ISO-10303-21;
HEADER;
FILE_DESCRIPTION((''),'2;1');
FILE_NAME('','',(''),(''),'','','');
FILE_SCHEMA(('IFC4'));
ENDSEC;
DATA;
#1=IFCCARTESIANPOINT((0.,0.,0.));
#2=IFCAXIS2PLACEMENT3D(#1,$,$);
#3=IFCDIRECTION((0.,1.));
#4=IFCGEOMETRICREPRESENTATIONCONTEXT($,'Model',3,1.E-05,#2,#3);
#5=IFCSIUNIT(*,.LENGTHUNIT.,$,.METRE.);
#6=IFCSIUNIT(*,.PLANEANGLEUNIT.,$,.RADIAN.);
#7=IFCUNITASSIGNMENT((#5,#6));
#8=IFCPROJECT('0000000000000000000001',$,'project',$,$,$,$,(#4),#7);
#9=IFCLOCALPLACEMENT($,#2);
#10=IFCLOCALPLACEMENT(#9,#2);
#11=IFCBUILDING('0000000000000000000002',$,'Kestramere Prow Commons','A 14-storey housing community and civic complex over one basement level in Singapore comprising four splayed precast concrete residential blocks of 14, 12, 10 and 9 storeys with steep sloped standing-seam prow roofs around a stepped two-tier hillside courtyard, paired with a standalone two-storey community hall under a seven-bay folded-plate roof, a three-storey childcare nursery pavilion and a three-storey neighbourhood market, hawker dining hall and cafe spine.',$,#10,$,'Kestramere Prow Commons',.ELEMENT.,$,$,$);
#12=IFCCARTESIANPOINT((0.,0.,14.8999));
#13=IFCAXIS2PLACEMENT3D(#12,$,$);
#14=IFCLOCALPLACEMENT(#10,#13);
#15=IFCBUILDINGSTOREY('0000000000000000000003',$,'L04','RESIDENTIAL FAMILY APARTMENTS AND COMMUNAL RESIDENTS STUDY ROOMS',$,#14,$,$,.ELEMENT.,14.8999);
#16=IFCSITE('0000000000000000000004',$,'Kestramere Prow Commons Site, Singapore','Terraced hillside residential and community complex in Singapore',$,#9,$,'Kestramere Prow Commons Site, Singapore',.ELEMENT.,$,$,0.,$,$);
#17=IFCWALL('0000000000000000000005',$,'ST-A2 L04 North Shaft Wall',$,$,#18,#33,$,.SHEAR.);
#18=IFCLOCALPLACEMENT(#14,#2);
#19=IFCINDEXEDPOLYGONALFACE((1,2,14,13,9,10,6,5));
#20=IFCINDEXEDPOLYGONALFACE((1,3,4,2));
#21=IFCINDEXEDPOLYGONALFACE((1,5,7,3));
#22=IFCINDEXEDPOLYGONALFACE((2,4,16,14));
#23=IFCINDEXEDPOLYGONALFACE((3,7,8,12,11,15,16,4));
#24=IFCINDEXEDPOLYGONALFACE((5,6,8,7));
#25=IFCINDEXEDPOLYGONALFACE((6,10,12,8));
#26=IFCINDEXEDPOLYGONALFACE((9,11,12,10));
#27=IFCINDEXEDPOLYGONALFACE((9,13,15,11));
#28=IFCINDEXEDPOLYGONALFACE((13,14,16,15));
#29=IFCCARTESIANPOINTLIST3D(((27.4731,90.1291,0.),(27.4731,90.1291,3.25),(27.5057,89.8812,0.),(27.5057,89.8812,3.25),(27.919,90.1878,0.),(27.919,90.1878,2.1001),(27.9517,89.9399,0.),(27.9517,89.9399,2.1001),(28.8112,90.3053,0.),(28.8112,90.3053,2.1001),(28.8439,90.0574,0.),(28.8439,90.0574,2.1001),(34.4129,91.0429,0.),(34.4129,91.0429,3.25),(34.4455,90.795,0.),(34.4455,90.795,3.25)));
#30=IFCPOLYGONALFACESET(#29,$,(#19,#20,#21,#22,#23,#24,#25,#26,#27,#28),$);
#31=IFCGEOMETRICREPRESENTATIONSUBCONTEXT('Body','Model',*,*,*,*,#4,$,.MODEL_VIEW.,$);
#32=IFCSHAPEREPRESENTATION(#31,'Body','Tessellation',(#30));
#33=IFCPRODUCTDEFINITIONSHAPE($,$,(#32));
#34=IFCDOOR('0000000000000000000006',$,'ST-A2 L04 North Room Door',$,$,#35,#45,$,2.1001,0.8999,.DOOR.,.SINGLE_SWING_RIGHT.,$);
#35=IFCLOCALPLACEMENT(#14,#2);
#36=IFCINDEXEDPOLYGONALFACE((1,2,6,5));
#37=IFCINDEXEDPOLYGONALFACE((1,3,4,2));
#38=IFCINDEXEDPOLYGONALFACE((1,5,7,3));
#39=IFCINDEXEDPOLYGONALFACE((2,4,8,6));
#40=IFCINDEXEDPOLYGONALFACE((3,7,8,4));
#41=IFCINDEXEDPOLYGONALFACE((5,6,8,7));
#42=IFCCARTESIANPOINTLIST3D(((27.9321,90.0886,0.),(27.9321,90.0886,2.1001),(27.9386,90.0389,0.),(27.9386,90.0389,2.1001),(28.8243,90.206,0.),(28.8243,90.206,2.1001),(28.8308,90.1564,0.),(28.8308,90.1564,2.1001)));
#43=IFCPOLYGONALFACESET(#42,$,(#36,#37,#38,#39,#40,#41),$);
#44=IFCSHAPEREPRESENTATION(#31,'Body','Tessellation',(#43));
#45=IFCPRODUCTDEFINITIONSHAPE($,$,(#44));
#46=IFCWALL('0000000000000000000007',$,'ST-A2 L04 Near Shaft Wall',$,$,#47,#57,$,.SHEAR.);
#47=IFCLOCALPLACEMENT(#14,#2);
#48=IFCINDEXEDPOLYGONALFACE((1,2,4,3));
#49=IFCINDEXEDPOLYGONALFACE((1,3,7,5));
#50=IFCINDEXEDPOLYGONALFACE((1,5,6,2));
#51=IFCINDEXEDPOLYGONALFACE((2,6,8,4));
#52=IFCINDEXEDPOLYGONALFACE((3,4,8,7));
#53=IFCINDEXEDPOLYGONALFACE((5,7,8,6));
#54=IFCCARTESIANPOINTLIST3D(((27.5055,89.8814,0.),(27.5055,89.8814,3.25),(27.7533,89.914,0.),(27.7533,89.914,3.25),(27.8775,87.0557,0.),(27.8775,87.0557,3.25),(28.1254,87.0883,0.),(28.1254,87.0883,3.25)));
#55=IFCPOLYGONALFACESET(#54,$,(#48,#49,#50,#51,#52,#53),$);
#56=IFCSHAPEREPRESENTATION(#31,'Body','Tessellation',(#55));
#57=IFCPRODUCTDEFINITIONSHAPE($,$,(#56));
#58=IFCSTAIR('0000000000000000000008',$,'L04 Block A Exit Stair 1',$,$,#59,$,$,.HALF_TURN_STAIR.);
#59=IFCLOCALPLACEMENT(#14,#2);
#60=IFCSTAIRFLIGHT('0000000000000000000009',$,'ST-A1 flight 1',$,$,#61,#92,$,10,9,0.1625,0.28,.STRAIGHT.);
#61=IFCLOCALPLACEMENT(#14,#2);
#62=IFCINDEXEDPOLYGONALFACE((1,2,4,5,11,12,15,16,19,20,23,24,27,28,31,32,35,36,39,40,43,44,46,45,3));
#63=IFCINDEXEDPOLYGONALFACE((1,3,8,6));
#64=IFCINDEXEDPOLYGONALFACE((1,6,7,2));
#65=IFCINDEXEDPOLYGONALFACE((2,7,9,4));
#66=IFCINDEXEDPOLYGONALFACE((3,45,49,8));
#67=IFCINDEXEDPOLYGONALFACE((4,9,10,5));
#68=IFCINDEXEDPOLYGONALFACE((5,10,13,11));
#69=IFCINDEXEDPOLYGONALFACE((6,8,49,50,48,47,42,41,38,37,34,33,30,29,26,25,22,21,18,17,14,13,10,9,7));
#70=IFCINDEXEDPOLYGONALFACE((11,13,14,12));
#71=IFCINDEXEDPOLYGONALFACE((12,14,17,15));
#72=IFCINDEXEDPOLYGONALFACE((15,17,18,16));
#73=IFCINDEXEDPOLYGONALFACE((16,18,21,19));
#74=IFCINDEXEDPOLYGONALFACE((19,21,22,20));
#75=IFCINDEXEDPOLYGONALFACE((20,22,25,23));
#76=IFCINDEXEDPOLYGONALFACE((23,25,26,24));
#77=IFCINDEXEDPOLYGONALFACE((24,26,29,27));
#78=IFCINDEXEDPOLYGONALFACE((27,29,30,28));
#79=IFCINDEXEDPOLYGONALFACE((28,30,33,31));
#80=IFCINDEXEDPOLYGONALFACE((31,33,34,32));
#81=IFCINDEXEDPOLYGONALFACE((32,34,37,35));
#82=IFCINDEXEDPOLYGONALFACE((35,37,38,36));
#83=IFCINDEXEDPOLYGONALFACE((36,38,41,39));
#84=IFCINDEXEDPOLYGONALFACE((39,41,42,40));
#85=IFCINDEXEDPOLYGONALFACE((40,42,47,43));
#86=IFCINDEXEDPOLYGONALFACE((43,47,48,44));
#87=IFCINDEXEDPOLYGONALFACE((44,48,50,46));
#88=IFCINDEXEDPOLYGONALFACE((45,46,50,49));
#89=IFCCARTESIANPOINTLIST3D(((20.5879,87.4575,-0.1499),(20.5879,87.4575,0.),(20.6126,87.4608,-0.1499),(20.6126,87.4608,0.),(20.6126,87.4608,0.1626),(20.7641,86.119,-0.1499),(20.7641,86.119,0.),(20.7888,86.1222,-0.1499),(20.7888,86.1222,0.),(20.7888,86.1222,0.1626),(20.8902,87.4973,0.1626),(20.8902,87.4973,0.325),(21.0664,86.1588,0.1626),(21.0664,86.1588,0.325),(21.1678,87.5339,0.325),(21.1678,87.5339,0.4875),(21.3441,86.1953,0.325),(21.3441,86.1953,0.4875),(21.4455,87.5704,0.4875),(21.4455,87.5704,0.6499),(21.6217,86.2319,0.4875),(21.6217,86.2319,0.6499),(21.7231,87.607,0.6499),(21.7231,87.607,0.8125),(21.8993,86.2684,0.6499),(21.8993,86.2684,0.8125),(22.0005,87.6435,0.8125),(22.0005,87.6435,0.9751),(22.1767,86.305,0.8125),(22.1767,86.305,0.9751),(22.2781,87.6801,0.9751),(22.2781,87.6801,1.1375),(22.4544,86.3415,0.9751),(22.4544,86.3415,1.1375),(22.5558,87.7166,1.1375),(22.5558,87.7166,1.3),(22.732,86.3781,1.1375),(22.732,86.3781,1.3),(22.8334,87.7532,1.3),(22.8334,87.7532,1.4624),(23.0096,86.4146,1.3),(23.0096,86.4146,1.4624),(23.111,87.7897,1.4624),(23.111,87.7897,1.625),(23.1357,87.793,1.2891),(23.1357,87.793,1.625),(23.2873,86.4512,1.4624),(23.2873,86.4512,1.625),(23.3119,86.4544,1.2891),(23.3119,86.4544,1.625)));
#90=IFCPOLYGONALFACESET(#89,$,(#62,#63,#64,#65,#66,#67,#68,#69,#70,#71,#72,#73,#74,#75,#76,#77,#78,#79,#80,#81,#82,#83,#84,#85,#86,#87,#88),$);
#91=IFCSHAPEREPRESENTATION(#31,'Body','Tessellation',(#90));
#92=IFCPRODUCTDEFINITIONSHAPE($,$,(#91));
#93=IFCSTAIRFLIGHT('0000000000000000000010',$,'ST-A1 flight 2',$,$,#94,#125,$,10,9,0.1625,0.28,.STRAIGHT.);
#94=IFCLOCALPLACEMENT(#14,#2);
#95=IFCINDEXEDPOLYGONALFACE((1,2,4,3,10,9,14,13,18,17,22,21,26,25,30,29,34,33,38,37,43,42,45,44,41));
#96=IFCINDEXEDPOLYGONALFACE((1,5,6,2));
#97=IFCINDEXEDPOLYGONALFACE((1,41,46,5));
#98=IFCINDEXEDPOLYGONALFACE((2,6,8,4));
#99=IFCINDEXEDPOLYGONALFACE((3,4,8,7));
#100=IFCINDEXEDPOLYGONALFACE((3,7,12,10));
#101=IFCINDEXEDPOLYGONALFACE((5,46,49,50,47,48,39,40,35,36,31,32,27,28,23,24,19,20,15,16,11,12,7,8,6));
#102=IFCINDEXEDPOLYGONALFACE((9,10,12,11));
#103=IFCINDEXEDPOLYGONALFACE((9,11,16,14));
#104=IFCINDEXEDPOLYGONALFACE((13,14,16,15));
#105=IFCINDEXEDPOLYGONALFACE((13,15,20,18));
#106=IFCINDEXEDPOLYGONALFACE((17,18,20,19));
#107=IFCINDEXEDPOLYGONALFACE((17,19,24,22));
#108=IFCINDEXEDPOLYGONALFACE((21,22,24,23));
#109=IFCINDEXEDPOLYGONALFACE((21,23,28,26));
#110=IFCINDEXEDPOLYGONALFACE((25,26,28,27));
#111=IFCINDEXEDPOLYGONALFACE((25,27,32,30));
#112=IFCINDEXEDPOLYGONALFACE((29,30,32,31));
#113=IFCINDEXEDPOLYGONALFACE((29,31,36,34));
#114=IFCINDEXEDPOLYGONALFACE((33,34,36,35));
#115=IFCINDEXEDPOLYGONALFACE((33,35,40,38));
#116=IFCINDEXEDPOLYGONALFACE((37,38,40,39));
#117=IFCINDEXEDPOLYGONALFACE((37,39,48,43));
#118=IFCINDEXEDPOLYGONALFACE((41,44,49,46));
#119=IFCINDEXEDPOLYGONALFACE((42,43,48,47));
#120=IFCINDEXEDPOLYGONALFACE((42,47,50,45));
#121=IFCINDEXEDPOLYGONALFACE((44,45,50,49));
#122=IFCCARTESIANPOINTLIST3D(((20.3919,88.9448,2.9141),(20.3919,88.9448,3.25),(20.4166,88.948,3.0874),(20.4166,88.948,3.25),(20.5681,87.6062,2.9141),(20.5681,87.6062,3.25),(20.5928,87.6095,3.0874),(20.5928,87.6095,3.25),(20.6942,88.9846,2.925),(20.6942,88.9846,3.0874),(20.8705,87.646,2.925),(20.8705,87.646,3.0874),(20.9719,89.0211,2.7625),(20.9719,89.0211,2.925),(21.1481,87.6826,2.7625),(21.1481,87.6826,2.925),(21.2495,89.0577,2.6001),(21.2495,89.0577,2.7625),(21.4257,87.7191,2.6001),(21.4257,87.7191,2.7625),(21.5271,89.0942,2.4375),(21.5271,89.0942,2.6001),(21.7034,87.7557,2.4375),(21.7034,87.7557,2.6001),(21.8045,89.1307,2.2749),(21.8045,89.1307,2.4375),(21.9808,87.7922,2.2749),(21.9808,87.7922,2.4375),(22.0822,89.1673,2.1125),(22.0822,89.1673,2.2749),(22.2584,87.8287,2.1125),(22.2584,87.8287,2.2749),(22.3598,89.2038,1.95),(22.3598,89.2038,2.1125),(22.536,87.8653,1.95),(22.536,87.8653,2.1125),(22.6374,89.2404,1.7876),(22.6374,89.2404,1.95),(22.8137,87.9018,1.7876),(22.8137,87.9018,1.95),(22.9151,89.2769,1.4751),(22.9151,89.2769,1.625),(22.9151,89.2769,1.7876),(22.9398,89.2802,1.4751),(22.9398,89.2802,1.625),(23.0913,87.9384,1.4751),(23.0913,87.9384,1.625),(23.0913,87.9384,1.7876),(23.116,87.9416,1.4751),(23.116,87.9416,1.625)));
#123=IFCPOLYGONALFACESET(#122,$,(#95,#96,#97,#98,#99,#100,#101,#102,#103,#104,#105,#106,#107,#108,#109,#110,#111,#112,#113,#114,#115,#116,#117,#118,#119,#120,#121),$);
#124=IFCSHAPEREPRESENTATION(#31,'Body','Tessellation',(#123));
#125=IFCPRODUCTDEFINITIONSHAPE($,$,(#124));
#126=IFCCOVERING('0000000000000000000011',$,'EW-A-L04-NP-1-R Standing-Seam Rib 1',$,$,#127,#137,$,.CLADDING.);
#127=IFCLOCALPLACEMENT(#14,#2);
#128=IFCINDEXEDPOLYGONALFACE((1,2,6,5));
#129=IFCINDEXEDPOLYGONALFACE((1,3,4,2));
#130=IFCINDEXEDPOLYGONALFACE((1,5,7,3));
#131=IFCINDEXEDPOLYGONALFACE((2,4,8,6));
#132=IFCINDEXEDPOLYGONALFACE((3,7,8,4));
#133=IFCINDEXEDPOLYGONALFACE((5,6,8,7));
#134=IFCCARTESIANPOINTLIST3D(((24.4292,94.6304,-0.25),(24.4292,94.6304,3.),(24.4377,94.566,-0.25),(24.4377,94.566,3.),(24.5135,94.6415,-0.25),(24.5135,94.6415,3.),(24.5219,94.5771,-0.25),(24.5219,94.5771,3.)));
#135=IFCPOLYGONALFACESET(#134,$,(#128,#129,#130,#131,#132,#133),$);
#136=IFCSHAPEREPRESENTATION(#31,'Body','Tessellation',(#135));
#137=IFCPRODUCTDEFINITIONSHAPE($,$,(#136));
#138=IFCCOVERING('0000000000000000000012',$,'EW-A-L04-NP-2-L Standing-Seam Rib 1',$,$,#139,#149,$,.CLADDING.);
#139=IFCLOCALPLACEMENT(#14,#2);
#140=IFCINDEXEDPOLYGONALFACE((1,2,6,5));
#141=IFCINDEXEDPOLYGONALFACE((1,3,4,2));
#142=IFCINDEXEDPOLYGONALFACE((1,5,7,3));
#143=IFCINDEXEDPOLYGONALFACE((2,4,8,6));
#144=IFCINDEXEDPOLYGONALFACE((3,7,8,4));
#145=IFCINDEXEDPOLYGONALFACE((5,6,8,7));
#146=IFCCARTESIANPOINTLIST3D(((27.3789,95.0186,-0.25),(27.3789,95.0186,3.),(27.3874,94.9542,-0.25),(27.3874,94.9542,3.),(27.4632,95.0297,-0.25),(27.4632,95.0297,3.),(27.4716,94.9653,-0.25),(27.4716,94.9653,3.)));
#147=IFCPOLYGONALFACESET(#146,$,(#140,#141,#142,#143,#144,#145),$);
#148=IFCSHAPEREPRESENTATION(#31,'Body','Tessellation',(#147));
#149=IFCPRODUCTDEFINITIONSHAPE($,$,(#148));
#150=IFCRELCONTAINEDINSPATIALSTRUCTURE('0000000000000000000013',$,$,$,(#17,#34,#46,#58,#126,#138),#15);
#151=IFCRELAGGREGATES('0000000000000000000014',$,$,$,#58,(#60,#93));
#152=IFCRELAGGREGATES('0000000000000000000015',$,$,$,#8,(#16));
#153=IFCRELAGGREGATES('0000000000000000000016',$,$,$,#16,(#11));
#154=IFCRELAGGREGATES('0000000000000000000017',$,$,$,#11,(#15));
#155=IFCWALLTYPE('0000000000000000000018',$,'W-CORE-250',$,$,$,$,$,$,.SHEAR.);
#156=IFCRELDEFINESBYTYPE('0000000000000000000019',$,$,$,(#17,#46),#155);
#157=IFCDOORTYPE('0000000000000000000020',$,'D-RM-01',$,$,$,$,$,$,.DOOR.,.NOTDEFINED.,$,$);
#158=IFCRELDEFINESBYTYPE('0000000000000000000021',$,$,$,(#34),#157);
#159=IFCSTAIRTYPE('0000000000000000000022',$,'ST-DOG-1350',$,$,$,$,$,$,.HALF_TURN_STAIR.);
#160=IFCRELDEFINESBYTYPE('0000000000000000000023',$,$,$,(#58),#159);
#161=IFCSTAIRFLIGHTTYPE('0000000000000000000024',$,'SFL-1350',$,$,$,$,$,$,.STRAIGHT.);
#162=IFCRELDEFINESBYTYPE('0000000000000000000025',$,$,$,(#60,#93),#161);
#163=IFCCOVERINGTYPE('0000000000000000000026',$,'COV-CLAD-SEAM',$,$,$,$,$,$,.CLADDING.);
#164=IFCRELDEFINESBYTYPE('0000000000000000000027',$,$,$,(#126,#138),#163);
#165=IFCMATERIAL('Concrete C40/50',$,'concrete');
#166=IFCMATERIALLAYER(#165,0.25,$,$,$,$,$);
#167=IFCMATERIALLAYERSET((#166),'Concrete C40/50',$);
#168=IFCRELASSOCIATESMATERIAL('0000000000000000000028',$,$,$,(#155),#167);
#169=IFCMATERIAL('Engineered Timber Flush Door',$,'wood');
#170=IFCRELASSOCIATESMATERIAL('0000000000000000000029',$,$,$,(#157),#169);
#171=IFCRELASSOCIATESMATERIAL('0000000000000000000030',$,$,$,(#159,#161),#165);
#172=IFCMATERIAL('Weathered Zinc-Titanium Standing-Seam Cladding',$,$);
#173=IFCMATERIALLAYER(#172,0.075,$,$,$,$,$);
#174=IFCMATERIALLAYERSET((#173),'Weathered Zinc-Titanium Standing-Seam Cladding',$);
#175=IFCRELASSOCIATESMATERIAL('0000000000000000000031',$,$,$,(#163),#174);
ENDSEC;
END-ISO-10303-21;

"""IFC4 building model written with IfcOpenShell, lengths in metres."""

from ifc_helpers import new_model, si_unit, direction, frame, frame_2d, origin, origin_2d, place, context, subcontext, project, spatial, polyline, rectangle, outline, extrude, material, layer, layer_set, type_object, element, fill, aggregate, save


model = new_model("IFC4")

# Units and contexts
model_context = context("Model", 3, precision=1e-05, world=origin(), true_north=direction((0.0, 1.0)))
body_context = subcontext(model_context, "Body", "Model", "MODEL_VIEW")
ifc_project = project(units=[si_unit("LENGTHUNIT", "METRE"), si_unit("PLANEANGLEUNIT", "RADIAN")], contexts=[model_context])

# Site, building, storey
site_placement = place(None, origin())
site = spatial("IfcSite", under=ifc_project, at=site_placement, Name="Kestramere Prow Commons Site, Singapore", Description="Terraced hillside residential and community complex in Singapore", LongName="Kestramere Prow Commons Site, Singapore", CompositionType="ELEMENT", RefElevation=0.0)
building_placement = place(site_placement, origin())
building = spatial("IfcBuilding", under=site, at=building_placement, Name="Kestramere Prow Commons", Description="A 14-storey housing community and civic complex over one basement level in Singapore comprising four splayed precast concrete residential blocks of 14, 12, 10 and 9 storeys with steep sloped standing-seam prow roofs around a stepped two-tier hillside courtyard, paired with a standalone two-storey community hall under a seven-bay folded-plate roof, a three-storey childcare nursery pavilion and a three-storey neighbourhood market, hawker dining hall and cafe spine.", LongName="Kestramere Prow Commons", CompositionType="ELEMENT")
storey_placement = place(building_placement, frame((0.0, 0.0, 14.8999)))
storey = spatial("IfcBuildingStorey", under=building, at=storey_placement, Name="L04", Description="RESIDENTIAL FAMILY APARTMENTS AND COMMUNAL RESIDENTS STUDY ROOMS", CompositionType="ELEMENT", Elevation=14.8999)

# Shared definitions
ifc_material_1 = material(Name="Concrete C40/50", Category="concrete")

# Shared definitions
ifc_layer_1 = layer(ifc_material_1, 0.25)
ifc_layer_set_1 = layer_set([ifc_layer_1], Name="Concrete C40/50")
wall_type_1 = type_object("IfcWallType", Name="W-CORE-250", PredefinedType="SHEAR", material=ifc_layer_set_1)

# Wall, opening, door
wall_1_placement = place(storey_placement, frame((27.4893, 90.0051, 0.0), z_axis=(0.0, 0.0, 1.0), x_axis=(0.991442, 0.130548, 0.0)))
wall_1 = element("IfcWall", 1, at=wall_1_placement, inside=storey, type_object=wall_type_1, Name="ST-A2 L04 North Shaft Wall", PredefinedType="SHEAR", context=body_context, shape_type="SweptSolid", body=[
    extrude(rectangle(XDim=6.9998, YDim=0.25, at=frame_2d((3.5, 0.0))), origin(), (0.0, 0.0, 1.0), 3.25),
])
opening_1_placement = place(wall_1_placement, frame((0.45, 0.0, 0.0)))
opening_1 = element("IfcOpeningElement", 2, at=opening_1_placement, cuts=wall_1, PredefinedType="OPENING", context=body_context, shape_type="SweptSolid", body=[
    extrude(rectangle(XDim=0.8999, YDim=2.1001, at=frame_2d((0.45, 1.05))), frame((0.0, 0.1399, 0.0), z_axis=(0.0, -1.0, 0.0), x_axis=(1.0, 0.0, 0.0)), (0.0, 0.0, 1.0), 0.28),
])
ifc_material_2 = material(Name="Engineered Timber Flush Door", Category="wood")
door_type_1 = type_object("IfcDoorType", Name="D-RM-01", OperationType="NOTDEFINED", PredefinedType="DOOR", material=ifc_material_2)
door_1_placement = place(opening_1_placement, origin())
door_1 = element("IfcDoor", 3, at=door_1_placement, inside=storey, type_object=door_type_1, Name="ST-A2 L04 North Room Door", OperationType="SINGLE_SWING_RIGHT", OverallHeight=2.1001, OverallWidth=0.8999, PredefinedType="DOOR", context=body_context, shape_type="SweptSolid", body=[
    extrude(rectangle(XDim=0.8999, YDim=2.1001, at=frame_2d((0.45, 1.05))), frame((0.0, 0.0249, 0.0), z_axis=(0.0, -1.0, 0.0), x_axis=(1.0, 0.0, 0.0)), (0.0, 0.0, 1.0), 0.05),
])
fill(opening_1, door_1)

# Wall
wall_2_placement = place(storey_placement, frame((28.0015, 87.072, 0.0), z_axis=(0.0, 0.0, 1.0), x_axis=(-0.130548, 0.991442, 0.0)))
element("IfcWall", 4, at=wall_2_placement, inside=storey, type_object=wall_type_1, Name="ST-A2 L04 Near Shaft Wall", PredefinedType="SHEAR", context=body_context, shape_type="SweptSolid", body=[
    extrude(rectangle(XDim=2.8501, YDim=0.25, at=frame_2d((1.425, 0.0))), origin(), (0.0, 0.0, 1.0), 3.25),
])

# Stair, stair flights
stair_type = type_object("IfcStairType", Name="ST-DOG-1350", PredefinedType="HALF_TURN_STAIR", material=ifc_material_1)
stair_placement = place(storey_placement, origin())
stair = element("IfcStair", 5, at=stair_placement, inside=storey, type_object=stair_type, Name="L04 Block A Exit Stair 1", PredefinedType="HALF_TURN_STAIR")
stair_flight_type = type_object("IfcStairFlightType", Name="SFL-1350", PredefinedType="STRAIGHT", material=ifc_material_1)
stair_flight_1_placement = place(storey_placement, frame((20.7007, 86.7915, 0.0), z_axis=(0.0, 0.0, 1.0), x_axis=(0.991445, 0.130526, 0.0)))
stair_flight_1 = element("IfcStairFlight", 6, at=stair_flight_1_placement, type_object=stair_flight_type, Name="ST-A1 flight 1", NumberOfRisers=10, NumberOfTreads=9, PredefinedType="STRAIGHT", RiserHeight=0.1625, TreadLength=0.28, context=body_context, shape_type="SweptSolid", body=[
    extrude(outline(polyline([(-0.0249, 0.0), (0.0, 0.0), (0.0, 0.1626), (0.28, 0.1626), (0.28, 0.325), (0.5601, 0.325), (0.5601, 0.4875), (0.8401, 0.4875), (0.8401, 0.6499), (1.1201, 0.6499), (1.1201, 0.8125), (1.3999, 0.8125), (1.3999, 0.9751), (1.6799, 0.9751), (1.6799, 1.1375), (1.96, 1.1375), (1.96, 1.3), (2.24, 1.3), (2.24, 1.4624), (2.52, 1.4624), (2.52, 1.625), (2.5449, 1.625), (2.5449, 1.2891), (0.0, -0.1499), (-0.0249, -0.1499), (-0.0249, 0.0)])), frame((0.0, 0.675, 0.0), z_axis=(0.0, -1.0, 0.0), x_axis=(1.0, 0.0, 0.0)), (0.0, 0.0, 1.0), 1.3501),
])
stair_flight_2_placement = place(storey_placement, frame((23.0032, 88.6077, 1.625), z_axis=(0.0, 0.0, 1.0), x_axis=(-0.991445, -0.130526, 0.0)))
stair_flight_2 = element("IfcStairFlight", 7, at=stair_flight_2_placement, type_object=stair_flight_type, Name="ST-A1 flight 2", NumberOfRisers=10, NumberOfTreads=9, PredefinedType="STRAIGHT", RiserHeight=0.1625, TreadLength=0.28, context=body_context, shape_type="SweptSolid", body=[
    extrude(outline(polyline([(-0.0249, 0.0), (0.0, 0.0), (0.0, 0.1626), (0.28, 0.1626), (0.28, 0.325), (0.5601, 0.325), (0.5601, 0.4875), (0.8401, 0.4875), (0.8401, 0.6499), (1.1201, 0.6499), (1.1201, 0.8125), (1.3999, 0.8125), (1.3999, 0.9751), (1.6799, 0.9751), (1.6799, 1.1375), (1.96, 1.1375), (1.96, 1.3), (2.24, 1.3), (2.24, 1.4624), (2.52, 1.4624), (2.52, 1.625), (2.5449, 1.625), (2.5449, 1.2891), (0.0, -0.1499), (-0.0249, -0.1499), (-0.0249, 0.0)])), frame((0.0, 0.675, 0.0), z_axis=(0.0, -1.0, 0.0), x_axis=(1.0, 0.0, 0.0)), (0.0, 0.0, 1.0), 1.3501),
])
aggregate(stair, [stair_flight_1, stair_flight_2])

# Coverings
ifc_material_3 = material(Name="Weathered Zinc-Titanium Standing-Seam Cladding")
ifc_layer_2 = layer(ifc_material_3, 0.075)
ifc_layer_set_2 = layer_set([ifc_layer_2], Name="Weathered Zinc-Titanium Standing-Seam Cladding")
covering_type = type_object("IfcCoveringType", Name="COV-CLAD-SEAM", PredefinedType="CLADDING", material=ifc_layer_set_2)
for number, where, z_axis, x_axis, name in (
    (8, (24.4756, 94.6038, -0.25), (0.0, 0.0, 1.0), (0.991445, 0.130526, 0.0), "EW-A-L04-NP-1-R Standing-Seam Rib 1"),
    (9, (27.4253, 94.9919, -0.25), (0.0, 0.0, 1.0), (0.991445, 0.130526, 0.0), "EW-A-L04-NP-2-L Standing-Seam Rib 1"),
):
    element("IfcCovering", number, at=place(storey_placement, frame(where, z_axis=z_axis, x_axis=x_axis)), inside=storey, type_object=covering_type, Name=name, PredefinedType="CLADDING", context=body_context, shape_type="SweptSolid", body=[
        extrude(rectangle(XDim=0.085, YDim=0.0649, at=origin_2d()), origin(), (0.0, 0.0, 1.0), 3.25),
    ])

save(model, "model.ifc")
